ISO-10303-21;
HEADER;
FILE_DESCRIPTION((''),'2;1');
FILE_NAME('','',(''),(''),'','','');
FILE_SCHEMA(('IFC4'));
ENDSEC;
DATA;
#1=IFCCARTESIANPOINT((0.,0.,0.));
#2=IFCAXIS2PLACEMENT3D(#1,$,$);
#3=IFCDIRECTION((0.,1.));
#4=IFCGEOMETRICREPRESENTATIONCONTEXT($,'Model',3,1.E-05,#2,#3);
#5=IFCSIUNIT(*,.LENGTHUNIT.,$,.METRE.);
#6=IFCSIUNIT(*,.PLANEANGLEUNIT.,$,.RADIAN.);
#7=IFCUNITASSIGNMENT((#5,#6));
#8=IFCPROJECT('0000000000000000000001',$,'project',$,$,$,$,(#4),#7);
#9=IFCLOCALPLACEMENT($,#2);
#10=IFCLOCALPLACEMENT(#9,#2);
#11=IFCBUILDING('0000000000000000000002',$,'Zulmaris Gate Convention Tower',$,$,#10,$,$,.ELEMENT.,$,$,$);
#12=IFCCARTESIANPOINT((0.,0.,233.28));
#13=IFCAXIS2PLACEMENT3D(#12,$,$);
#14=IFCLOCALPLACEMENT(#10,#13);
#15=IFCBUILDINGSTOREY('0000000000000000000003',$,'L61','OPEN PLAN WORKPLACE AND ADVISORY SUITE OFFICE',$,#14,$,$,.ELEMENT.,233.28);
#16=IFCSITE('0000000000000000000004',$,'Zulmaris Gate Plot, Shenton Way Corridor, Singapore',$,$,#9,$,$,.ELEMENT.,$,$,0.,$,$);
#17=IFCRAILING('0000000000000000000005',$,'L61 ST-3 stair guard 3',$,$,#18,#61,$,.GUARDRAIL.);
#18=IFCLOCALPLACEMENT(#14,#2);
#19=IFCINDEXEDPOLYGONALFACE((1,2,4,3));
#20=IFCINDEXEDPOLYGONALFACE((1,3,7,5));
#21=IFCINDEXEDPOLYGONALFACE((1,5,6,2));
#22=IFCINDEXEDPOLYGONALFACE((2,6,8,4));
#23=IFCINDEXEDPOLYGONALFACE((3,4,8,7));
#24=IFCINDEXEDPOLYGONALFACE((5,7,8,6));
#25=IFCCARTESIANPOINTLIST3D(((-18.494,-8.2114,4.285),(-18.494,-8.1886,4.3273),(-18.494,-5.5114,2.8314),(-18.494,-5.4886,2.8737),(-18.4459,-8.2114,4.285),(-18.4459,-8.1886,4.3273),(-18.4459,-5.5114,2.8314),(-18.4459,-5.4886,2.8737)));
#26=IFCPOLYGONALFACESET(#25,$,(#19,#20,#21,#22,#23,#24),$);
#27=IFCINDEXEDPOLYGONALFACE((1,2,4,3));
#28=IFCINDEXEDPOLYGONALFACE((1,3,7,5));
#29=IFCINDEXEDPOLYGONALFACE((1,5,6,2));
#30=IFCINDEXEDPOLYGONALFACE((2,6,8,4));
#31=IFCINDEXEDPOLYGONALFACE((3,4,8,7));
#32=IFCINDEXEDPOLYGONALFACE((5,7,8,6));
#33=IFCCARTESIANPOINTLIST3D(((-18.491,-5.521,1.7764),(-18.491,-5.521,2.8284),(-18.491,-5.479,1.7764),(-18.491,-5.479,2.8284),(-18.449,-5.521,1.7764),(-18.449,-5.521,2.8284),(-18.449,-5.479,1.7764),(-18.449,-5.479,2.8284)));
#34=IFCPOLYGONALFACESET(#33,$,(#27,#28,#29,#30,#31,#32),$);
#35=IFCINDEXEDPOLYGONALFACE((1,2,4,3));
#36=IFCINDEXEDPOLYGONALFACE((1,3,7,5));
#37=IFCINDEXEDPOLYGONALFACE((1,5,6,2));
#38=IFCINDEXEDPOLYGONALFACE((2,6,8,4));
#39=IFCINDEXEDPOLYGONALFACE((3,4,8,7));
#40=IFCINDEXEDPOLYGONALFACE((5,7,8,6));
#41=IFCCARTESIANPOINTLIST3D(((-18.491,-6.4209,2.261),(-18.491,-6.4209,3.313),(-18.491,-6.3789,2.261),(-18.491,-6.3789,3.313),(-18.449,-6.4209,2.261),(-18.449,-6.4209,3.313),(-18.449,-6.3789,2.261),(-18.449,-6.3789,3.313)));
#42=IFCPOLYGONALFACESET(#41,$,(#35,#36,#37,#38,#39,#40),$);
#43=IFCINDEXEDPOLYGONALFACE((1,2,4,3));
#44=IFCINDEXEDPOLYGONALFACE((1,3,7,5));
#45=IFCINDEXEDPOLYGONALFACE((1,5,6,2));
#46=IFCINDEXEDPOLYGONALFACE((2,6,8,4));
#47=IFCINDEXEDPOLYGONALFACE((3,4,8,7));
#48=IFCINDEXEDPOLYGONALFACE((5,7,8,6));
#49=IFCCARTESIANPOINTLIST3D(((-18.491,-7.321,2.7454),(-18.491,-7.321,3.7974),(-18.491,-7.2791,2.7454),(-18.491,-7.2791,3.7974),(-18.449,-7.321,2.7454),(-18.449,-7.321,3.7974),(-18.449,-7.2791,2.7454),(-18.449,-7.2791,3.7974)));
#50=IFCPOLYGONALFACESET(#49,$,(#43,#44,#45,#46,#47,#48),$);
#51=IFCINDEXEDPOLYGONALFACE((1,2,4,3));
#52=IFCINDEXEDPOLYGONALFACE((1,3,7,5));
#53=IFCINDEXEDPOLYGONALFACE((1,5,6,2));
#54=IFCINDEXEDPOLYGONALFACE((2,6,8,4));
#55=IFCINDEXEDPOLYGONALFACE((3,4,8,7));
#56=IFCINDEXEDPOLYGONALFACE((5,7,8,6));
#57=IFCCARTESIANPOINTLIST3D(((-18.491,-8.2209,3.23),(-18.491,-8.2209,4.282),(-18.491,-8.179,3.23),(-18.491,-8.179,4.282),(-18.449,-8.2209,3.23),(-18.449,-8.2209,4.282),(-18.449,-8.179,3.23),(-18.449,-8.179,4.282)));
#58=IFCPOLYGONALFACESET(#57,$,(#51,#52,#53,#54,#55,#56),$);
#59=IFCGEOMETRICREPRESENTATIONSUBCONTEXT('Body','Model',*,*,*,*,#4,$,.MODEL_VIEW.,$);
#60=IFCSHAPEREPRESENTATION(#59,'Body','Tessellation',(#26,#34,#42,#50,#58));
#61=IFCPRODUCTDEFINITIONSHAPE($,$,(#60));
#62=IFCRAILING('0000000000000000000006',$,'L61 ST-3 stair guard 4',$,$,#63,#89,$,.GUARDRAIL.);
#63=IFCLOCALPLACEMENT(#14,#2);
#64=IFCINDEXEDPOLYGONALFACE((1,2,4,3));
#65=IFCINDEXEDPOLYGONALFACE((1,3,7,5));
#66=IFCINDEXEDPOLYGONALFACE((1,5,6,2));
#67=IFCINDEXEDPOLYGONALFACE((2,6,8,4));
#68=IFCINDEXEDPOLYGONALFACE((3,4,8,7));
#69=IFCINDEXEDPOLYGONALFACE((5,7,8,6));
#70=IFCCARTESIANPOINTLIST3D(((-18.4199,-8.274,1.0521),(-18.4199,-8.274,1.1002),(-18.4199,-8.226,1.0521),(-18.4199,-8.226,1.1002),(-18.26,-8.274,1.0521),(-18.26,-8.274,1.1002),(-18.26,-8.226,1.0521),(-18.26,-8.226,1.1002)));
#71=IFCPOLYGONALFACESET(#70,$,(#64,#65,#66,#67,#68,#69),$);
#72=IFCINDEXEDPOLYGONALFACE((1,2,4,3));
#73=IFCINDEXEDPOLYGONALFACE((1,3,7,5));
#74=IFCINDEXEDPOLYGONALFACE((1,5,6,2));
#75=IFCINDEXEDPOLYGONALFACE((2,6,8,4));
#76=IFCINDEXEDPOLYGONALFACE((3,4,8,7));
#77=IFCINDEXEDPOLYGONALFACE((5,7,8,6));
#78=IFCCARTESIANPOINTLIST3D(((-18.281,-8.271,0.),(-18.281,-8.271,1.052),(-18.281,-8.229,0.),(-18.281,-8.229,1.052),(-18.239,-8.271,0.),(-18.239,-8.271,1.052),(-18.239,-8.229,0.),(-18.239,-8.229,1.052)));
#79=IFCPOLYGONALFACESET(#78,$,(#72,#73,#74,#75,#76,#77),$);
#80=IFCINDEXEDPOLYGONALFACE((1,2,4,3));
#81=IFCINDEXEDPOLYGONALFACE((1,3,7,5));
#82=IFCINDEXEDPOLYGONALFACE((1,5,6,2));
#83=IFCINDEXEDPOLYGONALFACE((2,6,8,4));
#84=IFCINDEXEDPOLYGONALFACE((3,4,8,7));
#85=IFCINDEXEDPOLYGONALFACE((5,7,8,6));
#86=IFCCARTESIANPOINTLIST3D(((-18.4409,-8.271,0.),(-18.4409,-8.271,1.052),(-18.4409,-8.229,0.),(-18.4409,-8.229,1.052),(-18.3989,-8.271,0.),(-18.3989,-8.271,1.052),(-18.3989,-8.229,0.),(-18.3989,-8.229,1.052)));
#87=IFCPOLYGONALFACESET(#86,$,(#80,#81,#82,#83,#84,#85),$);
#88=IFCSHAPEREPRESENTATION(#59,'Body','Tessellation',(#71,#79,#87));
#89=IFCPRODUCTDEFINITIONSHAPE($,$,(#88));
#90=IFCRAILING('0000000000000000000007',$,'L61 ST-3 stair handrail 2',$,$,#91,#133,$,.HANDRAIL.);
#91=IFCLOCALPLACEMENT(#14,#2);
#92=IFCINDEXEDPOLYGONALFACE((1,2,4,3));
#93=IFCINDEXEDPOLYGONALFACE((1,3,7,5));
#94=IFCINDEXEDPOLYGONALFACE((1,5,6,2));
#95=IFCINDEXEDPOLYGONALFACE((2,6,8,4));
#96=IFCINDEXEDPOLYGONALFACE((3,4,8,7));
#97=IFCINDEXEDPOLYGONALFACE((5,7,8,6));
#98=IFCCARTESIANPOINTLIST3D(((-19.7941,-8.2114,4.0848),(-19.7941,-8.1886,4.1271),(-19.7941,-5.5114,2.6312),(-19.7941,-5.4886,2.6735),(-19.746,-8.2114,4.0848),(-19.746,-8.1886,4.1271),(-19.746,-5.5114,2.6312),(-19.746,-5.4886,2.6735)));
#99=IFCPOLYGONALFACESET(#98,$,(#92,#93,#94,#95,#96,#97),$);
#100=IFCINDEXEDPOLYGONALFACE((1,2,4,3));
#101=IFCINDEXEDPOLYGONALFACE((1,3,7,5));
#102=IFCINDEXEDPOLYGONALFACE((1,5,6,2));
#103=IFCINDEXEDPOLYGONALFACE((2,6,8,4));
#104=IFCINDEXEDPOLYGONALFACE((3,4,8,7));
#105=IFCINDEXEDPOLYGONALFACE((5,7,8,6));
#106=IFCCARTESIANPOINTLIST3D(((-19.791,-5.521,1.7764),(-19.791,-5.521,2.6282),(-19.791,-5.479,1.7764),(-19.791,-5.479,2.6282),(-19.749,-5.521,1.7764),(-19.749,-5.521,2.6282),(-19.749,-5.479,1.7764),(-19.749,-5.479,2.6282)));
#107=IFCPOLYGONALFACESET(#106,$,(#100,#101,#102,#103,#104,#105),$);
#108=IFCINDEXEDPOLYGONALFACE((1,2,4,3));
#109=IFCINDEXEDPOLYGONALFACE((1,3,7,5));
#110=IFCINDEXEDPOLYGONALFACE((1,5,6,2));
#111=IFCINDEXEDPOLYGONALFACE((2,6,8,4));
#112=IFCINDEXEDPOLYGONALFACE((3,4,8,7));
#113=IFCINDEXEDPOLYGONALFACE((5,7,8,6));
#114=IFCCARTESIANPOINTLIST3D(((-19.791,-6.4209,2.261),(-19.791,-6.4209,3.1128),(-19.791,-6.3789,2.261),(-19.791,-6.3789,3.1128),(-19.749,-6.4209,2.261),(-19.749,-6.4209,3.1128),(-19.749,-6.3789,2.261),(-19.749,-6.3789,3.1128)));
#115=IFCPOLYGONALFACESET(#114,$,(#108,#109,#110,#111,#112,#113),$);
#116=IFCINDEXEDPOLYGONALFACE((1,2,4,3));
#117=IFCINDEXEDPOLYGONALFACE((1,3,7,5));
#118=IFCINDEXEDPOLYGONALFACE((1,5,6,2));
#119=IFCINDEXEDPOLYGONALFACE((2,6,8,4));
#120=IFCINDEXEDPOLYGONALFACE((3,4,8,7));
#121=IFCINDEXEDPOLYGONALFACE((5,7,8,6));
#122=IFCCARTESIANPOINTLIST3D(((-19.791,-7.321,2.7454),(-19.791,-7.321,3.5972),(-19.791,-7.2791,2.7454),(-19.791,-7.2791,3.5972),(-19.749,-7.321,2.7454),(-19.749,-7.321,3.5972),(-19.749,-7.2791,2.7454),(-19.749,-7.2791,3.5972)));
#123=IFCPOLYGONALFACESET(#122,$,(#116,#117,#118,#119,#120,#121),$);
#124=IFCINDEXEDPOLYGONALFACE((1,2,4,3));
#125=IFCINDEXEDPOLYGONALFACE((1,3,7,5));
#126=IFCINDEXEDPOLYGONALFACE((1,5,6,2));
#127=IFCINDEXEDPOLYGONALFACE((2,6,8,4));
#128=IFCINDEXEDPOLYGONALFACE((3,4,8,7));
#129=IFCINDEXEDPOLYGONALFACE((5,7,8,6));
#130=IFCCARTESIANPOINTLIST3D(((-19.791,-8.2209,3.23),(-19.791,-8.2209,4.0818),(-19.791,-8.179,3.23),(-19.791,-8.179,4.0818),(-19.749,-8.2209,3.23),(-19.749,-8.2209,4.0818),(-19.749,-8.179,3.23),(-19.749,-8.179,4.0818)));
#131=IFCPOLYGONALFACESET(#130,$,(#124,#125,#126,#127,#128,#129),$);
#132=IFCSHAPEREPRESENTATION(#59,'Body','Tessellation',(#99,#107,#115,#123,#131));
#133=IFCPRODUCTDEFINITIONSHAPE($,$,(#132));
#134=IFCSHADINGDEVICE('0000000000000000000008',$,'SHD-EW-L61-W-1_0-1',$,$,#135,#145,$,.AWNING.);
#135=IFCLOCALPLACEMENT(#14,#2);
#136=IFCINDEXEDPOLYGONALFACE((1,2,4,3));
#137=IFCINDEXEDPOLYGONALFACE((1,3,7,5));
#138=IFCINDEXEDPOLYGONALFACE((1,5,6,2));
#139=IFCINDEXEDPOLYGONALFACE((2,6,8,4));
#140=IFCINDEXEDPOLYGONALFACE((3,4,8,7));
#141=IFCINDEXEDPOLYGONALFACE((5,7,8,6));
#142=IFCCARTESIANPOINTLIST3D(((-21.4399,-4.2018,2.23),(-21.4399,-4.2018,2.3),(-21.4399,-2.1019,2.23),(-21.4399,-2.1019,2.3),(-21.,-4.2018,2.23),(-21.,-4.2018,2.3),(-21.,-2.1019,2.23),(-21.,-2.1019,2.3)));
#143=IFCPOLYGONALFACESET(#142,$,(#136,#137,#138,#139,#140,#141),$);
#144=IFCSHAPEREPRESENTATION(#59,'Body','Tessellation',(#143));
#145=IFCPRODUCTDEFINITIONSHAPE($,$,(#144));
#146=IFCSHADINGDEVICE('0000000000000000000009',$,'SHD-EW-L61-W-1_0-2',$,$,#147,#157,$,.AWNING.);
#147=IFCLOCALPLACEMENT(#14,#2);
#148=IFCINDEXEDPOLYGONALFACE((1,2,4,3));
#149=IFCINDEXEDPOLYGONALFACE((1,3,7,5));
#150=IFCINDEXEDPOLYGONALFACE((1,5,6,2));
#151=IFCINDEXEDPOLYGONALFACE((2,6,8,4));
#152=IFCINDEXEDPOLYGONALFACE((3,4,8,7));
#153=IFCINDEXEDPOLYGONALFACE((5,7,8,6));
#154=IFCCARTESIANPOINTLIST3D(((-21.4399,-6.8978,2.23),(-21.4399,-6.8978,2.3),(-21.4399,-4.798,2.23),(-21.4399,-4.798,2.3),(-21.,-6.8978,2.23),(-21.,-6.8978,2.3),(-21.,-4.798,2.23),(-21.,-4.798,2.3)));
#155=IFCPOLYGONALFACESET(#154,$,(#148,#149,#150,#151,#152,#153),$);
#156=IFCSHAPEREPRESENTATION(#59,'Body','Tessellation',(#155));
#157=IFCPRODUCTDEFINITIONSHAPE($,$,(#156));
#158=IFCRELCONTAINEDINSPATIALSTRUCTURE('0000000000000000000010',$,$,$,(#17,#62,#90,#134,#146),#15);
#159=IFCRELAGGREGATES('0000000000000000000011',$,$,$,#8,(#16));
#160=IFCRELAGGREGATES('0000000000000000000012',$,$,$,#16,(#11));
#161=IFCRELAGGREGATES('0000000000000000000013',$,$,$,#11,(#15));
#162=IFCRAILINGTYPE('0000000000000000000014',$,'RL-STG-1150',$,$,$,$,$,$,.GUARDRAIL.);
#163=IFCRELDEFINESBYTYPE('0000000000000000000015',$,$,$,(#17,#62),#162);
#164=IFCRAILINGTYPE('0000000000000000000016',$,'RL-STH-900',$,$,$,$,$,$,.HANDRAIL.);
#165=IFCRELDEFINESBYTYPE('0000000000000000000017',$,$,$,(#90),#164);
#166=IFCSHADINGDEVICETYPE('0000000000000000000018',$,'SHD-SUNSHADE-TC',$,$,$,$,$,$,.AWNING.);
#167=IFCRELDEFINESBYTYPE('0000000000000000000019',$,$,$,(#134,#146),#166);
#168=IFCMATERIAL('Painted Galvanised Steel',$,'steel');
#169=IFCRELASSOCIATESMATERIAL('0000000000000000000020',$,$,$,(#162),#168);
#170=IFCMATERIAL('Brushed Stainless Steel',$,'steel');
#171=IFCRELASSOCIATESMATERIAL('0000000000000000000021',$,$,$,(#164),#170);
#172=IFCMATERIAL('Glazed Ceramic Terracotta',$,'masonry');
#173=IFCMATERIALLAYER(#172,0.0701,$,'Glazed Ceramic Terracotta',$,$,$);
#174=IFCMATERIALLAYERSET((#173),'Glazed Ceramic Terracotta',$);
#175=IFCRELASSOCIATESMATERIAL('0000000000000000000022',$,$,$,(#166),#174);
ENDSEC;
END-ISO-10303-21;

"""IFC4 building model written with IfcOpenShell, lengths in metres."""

from ifc_helpers import new_model, si_unit, direction, frame, frame_2d, origin, origin_2d, place, context, subcontext, project, spatial, rectangle, extrude, material, layer, layer_set, type_object, element, save


model = new_model("IFC4")

# Units and contexts
model_context = context("Model", 3, precision=1e-05, world=origin(), true_north=direction((0.0, 1.0)))
body_context = subcontext(model_context, "Body", "Model", "MODEL_VIEW")
ifc_project = project(units=[si_unit("LENGTHUNIT", "METRE"), si_unit("PLANEANGLEUNIT", "RADIAN")], contexts=[model_context])

# Site, building, storey
site_placement = place(None, origin())
site = spatial("IfcSite", under=ifc_project, at=site_placement, Name="Zulmaris Gate Plot, Shenton Way Corridor, Singapore", CompositionType="ELEMENT", RefElevation=0.0)
building_placement = place(site_placement, origin())
building = spatial("IfcBuilding", under=site, at=building_placement, Name="Zulmaris Gate Convention Tower", CompositionType="ELEMENT")
storey_placement = place(building_placement, frame((0.0, 0.0, 233.28)))
storey = spatial("IfcBuildingStorey", under=building, at=storey_placement, Name="L61", Description="OPEN PLAN WORKPLACE AND ADVISORY SUITE OFFICE", CompositionType="ELEMENT", Elevation=233.28)

# Railings
ifc_material_1 = material(Name="Painted Galvanised Steel", Category="steel")
railing_type_1 = type_object("IfcRailingType", Name="RL-STG-1150", PredefinedType="GUARDRAIL", material=ifc_material_1)
railing_1_placement = place(storey_placement, frame((-18.47, -5.5, 1.7764)))
element("IfcRailing", 1, at=railing_1_placement, inside=storey, type_object=railing_type_1, Name="L61 ST-3 stair guard 3", PredefinedType="GUARDRAIL", context=body_context, shape_type="SweptSolid", body=[
    extrude(rectangle(XDim=0.0481, YDim=0.0481, at=origin_2d()), frame((0.0, 0.0, 1.0762), z_axis=(0.0, -0.880499, 0.474048), x_axis=(1.0, 0.0, 0.0)), (0.0, 0.0, 1.0), 3.0664),
    extrude(rectangle(XDim=0.042, YDim=0.042, at=origin_2d()), origin(), (0.0, 0.0, 1.0), 1.052),
    extrude(rectangle(XDim=0.042, YDim=0.042, at=origin_2d()), frame((0.0, -0.8999, 0.4846)), (0.0, 0.0, 1.0), 1.052),
    extrude(rectangle(XDim=0.042, YDim=0.042, at=origin_2d()), frame((0.0, -1.8, 0.969)), (0.0, 0.0, 1.0), 1.052),
    extrude(rectangle(XDim=0.042, YDim=0.042, at=origin_2d()), frame((0.0, -2.7, 1.4536)), (0.0, 0.0, 1.0), 1.052),
])
railing_2_placement = place(storey_placement, frame((-18.26, -8.25, 0.0)))
element("IfcRailing", 2, at=railing_2_placement, inside=storey, type_object=railing_type_1, Name="L61 ST-3 stair guard 4", PredefinedType="GUARDRAIL", context=body_context, shape_type="SweptSolid", body=[
    extrude(rectangle(XDim=0.0481, YDim=0.0481, at=origin_2d()), frame((0.0, 0.0, 1.0762), z_axis=(-1.0, 0.0, 0.0), x_axis=(0.0, -1.0, 0.0)), (0.0, 0.0, 1.0), 0.1599),
    extrude(rectangle(XDim=0.042, YDim=0.042, at=origin_2d()), origin(), (0.0, 0.0, 1.0), 1.052),
    extrude(rectangle(XDim=0.042, YDim=0.042, at=origin_2d()), frame((-0.1599, 0.0, 0.0)), (0.0, 0.0, 1.0), 1.052),
])
ifc_material_2 = material(Name="Brushed Stainless Steel", Category="steel")
railing_type_2 = type_object("IfcRailingType", Name="RL-STH-900", PredefinedType="HANDRAIL", material=ifc_material_2)
railing_3_placement = place(storey_placement, frame((-19.77, -5.5, 1.7764)))
element("IfcRailing", 3, at=railing_3_placement, inside=storey, type_object=railing_type_2, Name="L61 ST-3 stair handrail 2", PredefinedType="HANDRAIL", context=body_context, shape_type="SweptSolid", body=[
    extrude(rectangle(XDim=0.0481, YDim=0.0481, at=origin_2d()), frame((0.0, 0.0, 0.876), z_axis=(0.0, -0.880499, 0.474048), x_axis=(1.0, 0.0, 0.0)), (0.0, 0.0, 1.0), 3.0664),
    extrude(rectangle(XDim=0.042, YDim=0.042, at=origin_2d()), origin(), (0.0, 0.0, 1.0), 0.8518),
    extrude(rectangle(XDim=0.042, YDim=0.042, at=origin_2d()), frame((0.0, -0.8999, 0.4846)), (0.0, 0.0, 1.0), 0.8518),
    extrude(rectangle(XDim=0.042, YDim=0.042, at=origin_2d()), frame((0.0, -1.8, 0.969)), (0.0, 0.0, 1.0), 0.8518),
    extrude(rectangle(XDim=0.042, YDim=0.042, at=origin_2d()), frame((0.0, -2.7, 1.4536)), (0.0, 0.0, 1.0), 0.8518),
])

# Shading devices
ifc_material_3 = material(Name="Glazed Ceramic Terracotta", Category="masonry")
ifc_layer_1 = layer(ifc_material_3, 0.0701, Name="Glazed Ceramic Terracotta")
ifc_layer_set_1 = layer_set([ifc_layer_1], Name="Glazed Ceramic Terracotta")
shading_device_type = type_object("IfcShadingDeviceType", Name="SHD-SUNSHADE-TC", PredefinedType="AWNING", material=ifc_layer_set_1)
for number, where, z_axis, x_axis, name in (
    (4, (-21.22, -2.1021, 2.23), (0.0, 0.0, 1.0), (0.0, -1.0, 0.0), "SHD-EW-L61-W-1_0-1"),
    (5, (-21.22, -4.7981, 2.23), (0.0, 0.0, 1.0), (0.0, -1.0, 0.0), "SHD-EW-L61-W-1_0-2"),
):
    element("IfcShadingDevice", number, at=place(storey_placement, frame(where, z_axis=z_axis, x_axis=x_axis)), inside=storey, type_object=shading_device_type, Name=name, PredefinedType="AWNING", context=body_context, shape_type="SweptSolid", body=[
        extrude(rectangle(XDim=2.0999, YDim=0.4399, at=frame_2d((1.0498, 0.0))), origin(), (0.0, 0.0, 1.0), 0.0701),
    ])

save(model, "model.ifc")
